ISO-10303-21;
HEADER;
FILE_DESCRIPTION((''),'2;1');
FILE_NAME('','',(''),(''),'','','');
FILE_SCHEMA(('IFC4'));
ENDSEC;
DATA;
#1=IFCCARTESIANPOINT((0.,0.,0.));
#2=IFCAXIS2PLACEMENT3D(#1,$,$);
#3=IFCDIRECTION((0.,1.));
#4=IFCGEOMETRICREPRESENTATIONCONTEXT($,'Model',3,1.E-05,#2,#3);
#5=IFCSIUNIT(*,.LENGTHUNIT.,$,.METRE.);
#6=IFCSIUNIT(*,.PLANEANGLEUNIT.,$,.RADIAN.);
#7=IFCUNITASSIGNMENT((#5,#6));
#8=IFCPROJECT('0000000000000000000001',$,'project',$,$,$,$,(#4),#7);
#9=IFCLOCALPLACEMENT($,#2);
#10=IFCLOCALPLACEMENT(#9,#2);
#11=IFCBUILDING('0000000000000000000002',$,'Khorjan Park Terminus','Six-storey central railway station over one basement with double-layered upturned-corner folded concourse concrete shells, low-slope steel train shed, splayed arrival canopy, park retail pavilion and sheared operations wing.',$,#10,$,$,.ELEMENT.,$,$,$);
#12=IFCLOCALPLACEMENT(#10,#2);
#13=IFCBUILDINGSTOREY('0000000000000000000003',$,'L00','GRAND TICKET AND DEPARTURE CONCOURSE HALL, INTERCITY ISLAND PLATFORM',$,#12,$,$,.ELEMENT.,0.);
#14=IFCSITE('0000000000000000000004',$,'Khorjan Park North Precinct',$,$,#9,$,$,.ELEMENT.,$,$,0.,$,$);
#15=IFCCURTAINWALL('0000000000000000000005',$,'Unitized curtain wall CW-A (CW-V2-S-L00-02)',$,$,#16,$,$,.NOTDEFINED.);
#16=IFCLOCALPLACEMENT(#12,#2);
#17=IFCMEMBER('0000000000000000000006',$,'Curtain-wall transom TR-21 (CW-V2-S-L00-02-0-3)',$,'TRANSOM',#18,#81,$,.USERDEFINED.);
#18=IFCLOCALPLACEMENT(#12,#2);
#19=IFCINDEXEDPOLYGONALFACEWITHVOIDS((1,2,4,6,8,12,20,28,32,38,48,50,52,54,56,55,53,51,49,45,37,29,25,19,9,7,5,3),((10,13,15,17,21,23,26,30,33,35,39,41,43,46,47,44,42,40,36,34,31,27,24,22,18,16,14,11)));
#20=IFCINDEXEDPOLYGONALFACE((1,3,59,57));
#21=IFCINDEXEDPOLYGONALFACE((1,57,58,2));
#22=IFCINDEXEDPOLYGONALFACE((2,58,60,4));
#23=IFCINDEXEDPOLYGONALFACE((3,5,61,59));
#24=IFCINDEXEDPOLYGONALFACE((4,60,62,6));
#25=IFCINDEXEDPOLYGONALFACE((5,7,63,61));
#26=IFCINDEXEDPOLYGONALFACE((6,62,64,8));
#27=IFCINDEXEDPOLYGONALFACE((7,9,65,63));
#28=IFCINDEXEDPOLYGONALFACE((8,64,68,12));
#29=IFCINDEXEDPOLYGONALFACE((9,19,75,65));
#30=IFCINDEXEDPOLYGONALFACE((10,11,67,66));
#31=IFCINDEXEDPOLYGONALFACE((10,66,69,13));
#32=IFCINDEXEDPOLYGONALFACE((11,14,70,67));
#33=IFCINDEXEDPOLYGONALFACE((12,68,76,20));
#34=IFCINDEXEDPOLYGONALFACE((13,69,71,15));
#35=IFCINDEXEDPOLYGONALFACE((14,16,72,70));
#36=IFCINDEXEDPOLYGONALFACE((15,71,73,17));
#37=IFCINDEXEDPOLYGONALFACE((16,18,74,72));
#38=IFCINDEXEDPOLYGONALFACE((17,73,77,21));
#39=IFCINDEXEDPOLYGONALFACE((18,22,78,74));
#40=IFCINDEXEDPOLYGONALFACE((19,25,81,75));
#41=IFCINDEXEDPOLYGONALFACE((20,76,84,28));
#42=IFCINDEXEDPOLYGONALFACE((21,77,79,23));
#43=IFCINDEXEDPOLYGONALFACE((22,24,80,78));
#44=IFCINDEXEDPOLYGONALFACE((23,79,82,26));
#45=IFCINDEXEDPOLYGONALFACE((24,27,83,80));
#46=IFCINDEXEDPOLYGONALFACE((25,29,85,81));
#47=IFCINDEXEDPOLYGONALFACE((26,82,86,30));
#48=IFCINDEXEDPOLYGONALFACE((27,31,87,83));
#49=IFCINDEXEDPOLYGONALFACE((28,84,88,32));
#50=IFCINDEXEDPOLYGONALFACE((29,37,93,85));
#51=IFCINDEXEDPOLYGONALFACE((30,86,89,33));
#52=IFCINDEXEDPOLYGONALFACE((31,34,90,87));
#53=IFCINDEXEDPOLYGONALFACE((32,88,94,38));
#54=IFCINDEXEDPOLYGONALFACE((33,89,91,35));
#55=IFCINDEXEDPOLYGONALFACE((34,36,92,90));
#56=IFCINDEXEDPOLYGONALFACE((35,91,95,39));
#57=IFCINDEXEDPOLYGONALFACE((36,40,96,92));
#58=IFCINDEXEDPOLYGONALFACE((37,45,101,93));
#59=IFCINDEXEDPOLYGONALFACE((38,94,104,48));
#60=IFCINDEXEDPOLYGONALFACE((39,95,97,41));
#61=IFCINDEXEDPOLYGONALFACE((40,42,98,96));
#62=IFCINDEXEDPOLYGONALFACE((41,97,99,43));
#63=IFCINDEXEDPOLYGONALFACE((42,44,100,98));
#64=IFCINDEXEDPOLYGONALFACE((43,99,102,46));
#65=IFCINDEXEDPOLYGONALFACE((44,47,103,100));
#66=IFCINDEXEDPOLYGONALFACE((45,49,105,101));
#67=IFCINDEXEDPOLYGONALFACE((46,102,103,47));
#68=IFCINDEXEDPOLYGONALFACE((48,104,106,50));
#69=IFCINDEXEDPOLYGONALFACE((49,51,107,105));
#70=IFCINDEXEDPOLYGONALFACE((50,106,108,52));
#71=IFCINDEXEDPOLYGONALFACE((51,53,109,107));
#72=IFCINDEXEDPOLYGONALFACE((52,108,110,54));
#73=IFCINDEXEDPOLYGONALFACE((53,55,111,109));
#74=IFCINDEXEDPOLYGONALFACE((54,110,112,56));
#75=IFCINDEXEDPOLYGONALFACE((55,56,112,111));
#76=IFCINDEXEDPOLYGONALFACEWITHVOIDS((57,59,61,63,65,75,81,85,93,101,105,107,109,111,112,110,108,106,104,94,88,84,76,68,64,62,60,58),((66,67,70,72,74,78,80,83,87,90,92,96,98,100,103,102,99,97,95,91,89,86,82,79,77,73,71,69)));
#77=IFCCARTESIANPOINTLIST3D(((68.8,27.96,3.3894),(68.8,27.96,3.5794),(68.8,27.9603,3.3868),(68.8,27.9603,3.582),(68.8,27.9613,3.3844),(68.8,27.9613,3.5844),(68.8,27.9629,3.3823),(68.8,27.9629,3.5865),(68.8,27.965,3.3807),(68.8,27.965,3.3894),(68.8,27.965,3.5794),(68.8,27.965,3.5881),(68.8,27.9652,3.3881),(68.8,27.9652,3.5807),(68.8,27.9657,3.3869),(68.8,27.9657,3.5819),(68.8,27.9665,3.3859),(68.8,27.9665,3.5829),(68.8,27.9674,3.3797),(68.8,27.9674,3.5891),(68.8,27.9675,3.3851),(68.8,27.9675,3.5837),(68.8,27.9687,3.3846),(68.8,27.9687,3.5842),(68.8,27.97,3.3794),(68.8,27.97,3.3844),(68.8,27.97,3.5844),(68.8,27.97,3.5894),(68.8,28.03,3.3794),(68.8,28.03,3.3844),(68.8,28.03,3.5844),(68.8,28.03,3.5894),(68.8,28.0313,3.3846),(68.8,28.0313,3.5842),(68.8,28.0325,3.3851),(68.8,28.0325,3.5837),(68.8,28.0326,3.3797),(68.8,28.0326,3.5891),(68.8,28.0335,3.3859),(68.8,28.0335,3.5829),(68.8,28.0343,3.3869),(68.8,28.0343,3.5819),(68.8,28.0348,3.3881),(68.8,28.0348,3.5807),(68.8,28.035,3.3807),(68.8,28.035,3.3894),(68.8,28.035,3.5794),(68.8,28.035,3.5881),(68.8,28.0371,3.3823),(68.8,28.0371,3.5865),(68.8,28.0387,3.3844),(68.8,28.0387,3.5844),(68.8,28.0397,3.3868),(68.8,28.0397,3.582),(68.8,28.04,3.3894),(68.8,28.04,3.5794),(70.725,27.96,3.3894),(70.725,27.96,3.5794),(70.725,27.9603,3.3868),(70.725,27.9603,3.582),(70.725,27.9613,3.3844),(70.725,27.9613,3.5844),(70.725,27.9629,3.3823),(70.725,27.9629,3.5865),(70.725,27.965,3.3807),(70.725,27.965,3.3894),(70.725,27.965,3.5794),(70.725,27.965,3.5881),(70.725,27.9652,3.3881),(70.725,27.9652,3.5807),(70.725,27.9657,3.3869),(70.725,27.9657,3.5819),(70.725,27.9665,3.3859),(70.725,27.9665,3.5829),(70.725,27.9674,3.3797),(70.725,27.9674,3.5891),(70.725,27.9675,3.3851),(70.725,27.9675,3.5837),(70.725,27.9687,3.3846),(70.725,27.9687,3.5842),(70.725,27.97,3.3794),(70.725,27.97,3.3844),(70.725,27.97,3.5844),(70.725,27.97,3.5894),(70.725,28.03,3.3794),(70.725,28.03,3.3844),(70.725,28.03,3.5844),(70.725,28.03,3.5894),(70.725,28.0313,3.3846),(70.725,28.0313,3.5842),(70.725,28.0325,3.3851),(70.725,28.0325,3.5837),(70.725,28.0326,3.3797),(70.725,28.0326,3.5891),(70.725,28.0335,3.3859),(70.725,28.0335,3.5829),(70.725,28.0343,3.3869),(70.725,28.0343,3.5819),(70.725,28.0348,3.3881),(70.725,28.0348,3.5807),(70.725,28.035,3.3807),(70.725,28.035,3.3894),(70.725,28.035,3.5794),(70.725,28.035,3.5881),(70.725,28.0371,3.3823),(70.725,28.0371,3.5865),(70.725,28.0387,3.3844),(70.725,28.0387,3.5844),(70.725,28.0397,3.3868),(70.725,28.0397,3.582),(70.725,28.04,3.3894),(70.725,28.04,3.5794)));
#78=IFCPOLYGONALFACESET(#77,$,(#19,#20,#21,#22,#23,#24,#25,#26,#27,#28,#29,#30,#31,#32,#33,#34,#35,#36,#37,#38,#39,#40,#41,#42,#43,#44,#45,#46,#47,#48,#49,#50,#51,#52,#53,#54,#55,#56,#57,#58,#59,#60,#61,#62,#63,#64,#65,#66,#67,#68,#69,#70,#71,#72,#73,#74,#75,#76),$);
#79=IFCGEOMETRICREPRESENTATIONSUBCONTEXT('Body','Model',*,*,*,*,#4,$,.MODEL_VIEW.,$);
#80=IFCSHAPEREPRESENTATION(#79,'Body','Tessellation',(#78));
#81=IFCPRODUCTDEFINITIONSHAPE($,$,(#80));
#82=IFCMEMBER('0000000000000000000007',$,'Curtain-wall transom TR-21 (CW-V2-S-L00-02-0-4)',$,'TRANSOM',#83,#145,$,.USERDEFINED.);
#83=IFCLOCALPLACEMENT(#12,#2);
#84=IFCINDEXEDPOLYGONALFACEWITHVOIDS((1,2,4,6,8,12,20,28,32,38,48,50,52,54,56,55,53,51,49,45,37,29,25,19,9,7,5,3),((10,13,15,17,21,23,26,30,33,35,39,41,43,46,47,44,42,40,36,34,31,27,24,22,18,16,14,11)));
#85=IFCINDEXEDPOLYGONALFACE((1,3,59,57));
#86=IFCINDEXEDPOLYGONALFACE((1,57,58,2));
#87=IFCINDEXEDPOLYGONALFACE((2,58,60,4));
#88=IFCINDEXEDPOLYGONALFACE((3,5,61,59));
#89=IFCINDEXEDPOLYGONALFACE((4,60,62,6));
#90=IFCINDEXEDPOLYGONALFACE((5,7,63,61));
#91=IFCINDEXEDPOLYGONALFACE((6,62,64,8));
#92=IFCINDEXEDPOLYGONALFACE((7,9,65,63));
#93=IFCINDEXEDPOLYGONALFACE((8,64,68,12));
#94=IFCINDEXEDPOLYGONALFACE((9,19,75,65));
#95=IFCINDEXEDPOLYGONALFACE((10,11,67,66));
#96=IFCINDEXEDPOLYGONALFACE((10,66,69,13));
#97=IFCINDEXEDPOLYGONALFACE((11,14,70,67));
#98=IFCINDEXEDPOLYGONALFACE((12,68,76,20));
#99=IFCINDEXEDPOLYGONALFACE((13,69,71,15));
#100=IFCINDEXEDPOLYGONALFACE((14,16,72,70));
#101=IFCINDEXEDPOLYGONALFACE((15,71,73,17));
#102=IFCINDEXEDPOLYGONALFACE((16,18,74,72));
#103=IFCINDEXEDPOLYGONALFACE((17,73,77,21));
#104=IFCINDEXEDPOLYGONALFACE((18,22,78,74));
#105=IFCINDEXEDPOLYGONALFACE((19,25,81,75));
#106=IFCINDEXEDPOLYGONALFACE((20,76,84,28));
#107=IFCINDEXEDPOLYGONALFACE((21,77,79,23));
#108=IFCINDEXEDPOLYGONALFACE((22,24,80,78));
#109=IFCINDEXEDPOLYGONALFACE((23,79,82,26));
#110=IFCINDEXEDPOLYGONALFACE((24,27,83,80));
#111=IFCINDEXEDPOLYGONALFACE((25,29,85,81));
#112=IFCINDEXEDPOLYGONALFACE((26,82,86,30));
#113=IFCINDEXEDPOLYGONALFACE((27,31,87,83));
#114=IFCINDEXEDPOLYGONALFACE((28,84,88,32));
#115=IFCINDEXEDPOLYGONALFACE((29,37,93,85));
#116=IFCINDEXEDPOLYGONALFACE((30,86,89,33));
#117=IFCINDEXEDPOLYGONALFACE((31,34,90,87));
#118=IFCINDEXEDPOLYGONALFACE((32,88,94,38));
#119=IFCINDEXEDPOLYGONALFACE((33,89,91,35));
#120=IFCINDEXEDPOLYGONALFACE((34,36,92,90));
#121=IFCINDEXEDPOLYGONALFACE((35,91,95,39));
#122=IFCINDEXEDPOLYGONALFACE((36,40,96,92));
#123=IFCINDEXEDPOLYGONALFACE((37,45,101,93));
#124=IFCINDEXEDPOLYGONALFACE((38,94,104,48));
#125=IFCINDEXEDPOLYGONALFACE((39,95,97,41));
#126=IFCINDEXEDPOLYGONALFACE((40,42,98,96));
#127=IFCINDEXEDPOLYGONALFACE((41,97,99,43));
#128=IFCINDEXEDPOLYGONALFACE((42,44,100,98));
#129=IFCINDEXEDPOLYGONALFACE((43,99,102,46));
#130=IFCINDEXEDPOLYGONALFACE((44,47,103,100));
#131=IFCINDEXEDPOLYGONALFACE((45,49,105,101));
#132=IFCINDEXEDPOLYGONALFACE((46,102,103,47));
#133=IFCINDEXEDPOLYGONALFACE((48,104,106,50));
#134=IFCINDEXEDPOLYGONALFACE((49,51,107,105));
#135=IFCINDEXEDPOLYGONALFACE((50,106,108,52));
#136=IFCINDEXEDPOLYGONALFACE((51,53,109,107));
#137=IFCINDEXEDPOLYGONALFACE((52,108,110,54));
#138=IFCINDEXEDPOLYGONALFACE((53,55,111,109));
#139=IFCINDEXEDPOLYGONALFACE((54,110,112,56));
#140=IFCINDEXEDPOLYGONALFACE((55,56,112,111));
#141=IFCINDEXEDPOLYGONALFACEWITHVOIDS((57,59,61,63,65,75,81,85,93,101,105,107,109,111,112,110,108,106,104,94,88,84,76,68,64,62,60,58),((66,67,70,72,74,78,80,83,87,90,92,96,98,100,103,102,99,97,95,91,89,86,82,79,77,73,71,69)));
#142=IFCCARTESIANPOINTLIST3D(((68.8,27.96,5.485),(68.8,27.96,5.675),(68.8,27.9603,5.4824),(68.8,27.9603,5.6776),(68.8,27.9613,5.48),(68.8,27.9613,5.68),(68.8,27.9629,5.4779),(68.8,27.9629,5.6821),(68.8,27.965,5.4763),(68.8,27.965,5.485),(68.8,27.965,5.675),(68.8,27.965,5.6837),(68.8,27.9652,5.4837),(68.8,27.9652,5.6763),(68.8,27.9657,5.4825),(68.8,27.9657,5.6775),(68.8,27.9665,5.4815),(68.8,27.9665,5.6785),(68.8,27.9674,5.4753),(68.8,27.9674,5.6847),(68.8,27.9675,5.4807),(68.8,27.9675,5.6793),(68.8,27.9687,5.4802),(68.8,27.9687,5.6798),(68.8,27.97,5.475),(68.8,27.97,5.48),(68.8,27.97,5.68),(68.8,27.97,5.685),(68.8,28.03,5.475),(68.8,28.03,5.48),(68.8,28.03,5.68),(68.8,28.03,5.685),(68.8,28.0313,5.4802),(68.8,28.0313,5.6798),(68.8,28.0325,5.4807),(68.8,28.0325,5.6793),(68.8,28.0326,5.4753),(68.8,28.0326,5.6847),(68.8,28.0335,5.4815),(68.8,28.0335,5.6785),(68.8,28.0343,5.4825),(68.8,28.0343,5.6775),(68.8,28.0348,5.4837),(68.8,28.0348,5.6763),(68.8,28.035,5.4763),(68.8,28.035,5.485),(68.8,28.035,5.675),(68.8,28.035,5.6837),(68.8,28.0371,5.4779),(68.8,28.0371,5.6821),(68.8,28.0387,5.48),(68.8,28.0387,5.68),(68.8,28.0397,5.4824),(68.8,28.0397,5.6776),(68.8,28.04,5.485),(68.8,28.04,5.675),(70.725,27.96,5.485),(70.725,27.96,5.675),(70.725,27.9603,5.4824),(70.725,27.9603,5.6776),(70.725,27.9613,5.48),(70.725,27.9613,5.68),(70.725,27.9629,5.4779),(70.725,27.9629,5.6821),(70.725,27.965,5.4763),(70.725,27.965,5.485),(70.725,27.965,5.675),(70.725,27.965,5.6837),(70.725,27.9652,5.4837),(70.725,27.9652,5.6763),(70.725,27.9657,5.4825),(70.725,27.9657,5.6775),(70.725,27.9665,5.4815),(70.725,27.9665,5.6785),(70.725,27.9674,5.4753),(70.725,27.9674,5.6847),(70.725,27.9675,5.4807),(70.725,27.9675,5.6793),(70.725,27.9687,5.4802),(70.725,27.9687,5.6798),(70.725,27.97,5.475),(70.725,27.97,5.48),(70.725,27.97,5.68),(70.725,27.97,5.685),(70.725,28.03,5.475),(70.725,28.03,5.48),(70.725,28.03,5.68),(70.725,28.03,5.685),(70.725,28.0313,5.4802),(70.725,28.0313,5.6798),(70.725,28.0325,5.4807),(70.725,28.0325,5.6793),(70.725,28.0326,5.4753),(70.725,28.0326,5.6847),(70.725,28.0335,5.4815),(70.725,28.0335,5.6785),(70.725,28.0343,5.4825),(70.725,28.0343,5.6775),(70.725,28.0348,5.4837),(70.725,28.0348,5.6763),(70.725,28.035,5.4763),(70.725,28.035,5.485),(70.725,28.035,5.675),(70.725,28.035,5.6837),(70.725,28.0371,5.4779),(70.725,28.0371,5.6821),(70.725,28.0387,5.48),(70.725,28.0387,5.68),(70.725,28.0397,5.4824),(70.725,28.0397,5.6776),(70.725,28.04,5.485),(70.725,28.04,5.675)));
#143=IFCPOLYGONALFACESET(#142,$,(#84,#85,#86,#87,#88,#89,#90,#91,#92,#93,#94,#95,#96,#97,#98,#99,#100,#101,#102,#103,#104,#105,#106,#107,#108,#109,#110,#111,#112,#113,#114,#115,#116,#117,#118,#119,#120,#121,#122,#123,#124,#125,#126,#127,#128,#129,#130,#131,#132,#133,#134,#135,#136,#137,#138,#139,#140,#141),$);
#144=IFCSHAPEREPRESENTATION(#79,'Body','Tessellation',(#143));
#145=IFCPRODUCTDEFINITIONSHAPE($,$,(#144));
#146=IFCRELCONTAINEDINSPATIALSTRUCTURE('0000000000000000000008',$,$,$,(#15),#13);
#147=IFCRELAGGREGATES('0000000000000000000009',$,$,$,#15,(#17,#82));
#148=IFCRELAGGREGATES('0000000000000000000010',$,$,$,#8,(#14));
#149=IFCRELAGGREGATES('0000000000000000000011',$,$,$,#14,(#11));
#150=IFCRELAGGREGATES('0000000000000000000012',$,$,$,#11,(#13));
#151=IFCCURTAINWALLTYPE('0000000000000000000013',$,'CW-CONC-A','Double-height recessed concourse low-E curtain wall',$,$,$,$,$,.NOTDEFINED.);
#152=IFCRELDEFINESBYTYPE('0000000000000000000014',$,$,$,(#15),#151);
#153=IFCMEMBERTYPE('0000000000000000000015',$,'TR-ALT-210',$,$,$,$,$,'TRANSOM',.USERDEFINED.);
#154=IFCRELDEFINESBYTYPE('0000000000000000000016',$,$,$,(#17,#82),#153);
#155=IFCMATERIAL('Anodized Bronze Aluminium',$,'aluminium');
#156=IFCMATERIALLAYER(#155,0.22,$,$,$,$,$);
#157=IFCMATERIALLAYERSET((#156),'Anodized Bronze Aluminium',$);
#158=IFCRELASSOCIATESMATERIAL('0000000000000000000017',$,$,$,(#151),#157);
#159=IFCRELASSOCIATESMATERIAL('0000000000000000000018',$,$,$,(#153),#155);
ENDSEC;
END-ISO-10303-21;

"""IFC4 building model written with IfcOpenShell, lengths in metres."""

from ifc_helpers import new_model, si_unit, direction, frame, origin, origin_2d, place, context, subcontext, project, spatial, hollow_rectangle, extrude, material, layer, layer_set, material_profile, profile_set, type_object, element, aggregate, save


model = new_model("IFC4")

# Units and contexts
model_context = context("Model", 3, precision=1e-05, world=origin(), true_north=direction((0.0, 1.0)))
body_context = subcontext(model_context, "Body", "Model", "MODEL_VIEW")
ifc_project = project(units=[si_unit("LENGTHUNIT", "METRE"), si_unit("PLANEANGLEUNIT", "RADIAN")], contexts=[model_context])

# Site, building, storey
site_placement = place(None, origin())
site = spatial("IfcSite", under=ifc_project, at=site_placement, Name="Khorjan Park North Precinct", CompositionType="ELEMENT", RefElevation=0.0)
building_placement = place(site_placement, origin())
building = spatial("IfcBuilding", under=site, at=building_placement, Name="Khorjan Park Terminus", Description="Six-storey central railway station over one basement with double-layered upturned-corner folded concourse concrete shells, low-slope steel train shed, splayed arrival canopy, park retail pavilion and sheared operations wing.", CompositionType="ELEMENT")
storey_placement = place(building_placement, origin())
storey = spatial("IfcBuildingStorey", under=building, at=storey_placement, Name="L00", Description="GRAND TICKET AND DEPARTURE CONCOURSE HALL, INTERCITY ISLAND PLATFORM", CompositionType="ELEMENT", Elevation=0.0)

# Shared definitions
ifc_material_1 = material(Name="Anodized Bronze Aluminium", Category="aluminium")
ifc_layer_1 = layer(ifc_material_1, 0.22)
ifc_layer_set_1 = layer_set([ifc_layer_1], Name="Anodized Bronze Aluminium")
curtain_wall_type = type_object("IfcCurtainWallType", Name="CW-CONC-A", Description="Double-height recessed concourse low-E curtain wall", PredefinedType="NOTDEFINED", material=ifc_layer_set_1)

# Curtain wall, members
curtain_wall_1_placement = place(storey_placement, origin())
curtain_wall_1 = element("IfcCurtainWall", 1, at=curtain_wall_1_placement, inside=storey, type_object=curtain_wall_type, Name="Unitized curtain wall CW-A (CW-V2-S-L00-02)", PredefinedType="NOTDEFINED")
ifc_material_profile_1 = material_profile(ifc_material_1, hollow_rectangle(XDim=0.08, YDim=0.21, WallThickness=0.005, InnerFilletRadius=0.005, OuterFilletRadius=0.01, at=origin_2d()), Name="ALT 80x210x5")
ifc_profile_set_1 = profile_set([ifc_material_profile_1], Name="Anodized Bronze Aluminium")
member_type_1 = type_object("IfcMemberType", Name="TR-ALT-210", ElementType="TRANSOM", PredefinedType="USERDEFINED", material=ifc_profile_set_1)
member_1_placement = place(storey_placement, frame((68.8, 28.0, 3.4844), z_axis=(1.0, 0.0, 0.0), x_axis=(0.0, 1.0, 0.0)))
member_1 = element("IfcMember", 2, at=member_1_placement, type_object=member_type_1, Name="Curtain-wall transom TR-21 (CW-V2-S-L00-02-0-3)", ObjectType="TRANSOM", PredefinedType="USERDEFINED", context=body_context, shape_type="SweptSolid", body=[
    extrude(hollow_rectangle(XDim=0.08, YDim=0.21, WallThickness=0.005, InnerFilletRadius=0.005, OuterFilletRadius=0.01, at=origin_2d()), origin(), (0.0, 0.0, 1.0), 1.925),
])
member_2_placement = place(storey_placement, frame((68.8, 28.0, 5.58), z_axis=(1.0, 0.0, 0.0), x_axis=(0.0, 1.0, 0.0)))
member_2 = element("IfcMember", 3, at=member_2_placement, type_object=member_type_1, Name="Curtain-wall transom TR-21 (CW-V2-S-L00-02-0-4)", ObjectType="TRANSOM", PredefinedType="USERDEFINED", context=body_context, shape_type="SweptSolid", body=[
    extrude(hollow_rectangle(XDim=0.08, YDim=0.21, WallThickness=0.005, InnerFilletRadius=0.005, OuterFilletRadius=0.01, at=origin_2d()), origin(), (0.0, 0.0, 1.0), 1.925),
])
aggregate(curtain_wall_1, [member_1, member_2])

save(model, "model.ifc")
